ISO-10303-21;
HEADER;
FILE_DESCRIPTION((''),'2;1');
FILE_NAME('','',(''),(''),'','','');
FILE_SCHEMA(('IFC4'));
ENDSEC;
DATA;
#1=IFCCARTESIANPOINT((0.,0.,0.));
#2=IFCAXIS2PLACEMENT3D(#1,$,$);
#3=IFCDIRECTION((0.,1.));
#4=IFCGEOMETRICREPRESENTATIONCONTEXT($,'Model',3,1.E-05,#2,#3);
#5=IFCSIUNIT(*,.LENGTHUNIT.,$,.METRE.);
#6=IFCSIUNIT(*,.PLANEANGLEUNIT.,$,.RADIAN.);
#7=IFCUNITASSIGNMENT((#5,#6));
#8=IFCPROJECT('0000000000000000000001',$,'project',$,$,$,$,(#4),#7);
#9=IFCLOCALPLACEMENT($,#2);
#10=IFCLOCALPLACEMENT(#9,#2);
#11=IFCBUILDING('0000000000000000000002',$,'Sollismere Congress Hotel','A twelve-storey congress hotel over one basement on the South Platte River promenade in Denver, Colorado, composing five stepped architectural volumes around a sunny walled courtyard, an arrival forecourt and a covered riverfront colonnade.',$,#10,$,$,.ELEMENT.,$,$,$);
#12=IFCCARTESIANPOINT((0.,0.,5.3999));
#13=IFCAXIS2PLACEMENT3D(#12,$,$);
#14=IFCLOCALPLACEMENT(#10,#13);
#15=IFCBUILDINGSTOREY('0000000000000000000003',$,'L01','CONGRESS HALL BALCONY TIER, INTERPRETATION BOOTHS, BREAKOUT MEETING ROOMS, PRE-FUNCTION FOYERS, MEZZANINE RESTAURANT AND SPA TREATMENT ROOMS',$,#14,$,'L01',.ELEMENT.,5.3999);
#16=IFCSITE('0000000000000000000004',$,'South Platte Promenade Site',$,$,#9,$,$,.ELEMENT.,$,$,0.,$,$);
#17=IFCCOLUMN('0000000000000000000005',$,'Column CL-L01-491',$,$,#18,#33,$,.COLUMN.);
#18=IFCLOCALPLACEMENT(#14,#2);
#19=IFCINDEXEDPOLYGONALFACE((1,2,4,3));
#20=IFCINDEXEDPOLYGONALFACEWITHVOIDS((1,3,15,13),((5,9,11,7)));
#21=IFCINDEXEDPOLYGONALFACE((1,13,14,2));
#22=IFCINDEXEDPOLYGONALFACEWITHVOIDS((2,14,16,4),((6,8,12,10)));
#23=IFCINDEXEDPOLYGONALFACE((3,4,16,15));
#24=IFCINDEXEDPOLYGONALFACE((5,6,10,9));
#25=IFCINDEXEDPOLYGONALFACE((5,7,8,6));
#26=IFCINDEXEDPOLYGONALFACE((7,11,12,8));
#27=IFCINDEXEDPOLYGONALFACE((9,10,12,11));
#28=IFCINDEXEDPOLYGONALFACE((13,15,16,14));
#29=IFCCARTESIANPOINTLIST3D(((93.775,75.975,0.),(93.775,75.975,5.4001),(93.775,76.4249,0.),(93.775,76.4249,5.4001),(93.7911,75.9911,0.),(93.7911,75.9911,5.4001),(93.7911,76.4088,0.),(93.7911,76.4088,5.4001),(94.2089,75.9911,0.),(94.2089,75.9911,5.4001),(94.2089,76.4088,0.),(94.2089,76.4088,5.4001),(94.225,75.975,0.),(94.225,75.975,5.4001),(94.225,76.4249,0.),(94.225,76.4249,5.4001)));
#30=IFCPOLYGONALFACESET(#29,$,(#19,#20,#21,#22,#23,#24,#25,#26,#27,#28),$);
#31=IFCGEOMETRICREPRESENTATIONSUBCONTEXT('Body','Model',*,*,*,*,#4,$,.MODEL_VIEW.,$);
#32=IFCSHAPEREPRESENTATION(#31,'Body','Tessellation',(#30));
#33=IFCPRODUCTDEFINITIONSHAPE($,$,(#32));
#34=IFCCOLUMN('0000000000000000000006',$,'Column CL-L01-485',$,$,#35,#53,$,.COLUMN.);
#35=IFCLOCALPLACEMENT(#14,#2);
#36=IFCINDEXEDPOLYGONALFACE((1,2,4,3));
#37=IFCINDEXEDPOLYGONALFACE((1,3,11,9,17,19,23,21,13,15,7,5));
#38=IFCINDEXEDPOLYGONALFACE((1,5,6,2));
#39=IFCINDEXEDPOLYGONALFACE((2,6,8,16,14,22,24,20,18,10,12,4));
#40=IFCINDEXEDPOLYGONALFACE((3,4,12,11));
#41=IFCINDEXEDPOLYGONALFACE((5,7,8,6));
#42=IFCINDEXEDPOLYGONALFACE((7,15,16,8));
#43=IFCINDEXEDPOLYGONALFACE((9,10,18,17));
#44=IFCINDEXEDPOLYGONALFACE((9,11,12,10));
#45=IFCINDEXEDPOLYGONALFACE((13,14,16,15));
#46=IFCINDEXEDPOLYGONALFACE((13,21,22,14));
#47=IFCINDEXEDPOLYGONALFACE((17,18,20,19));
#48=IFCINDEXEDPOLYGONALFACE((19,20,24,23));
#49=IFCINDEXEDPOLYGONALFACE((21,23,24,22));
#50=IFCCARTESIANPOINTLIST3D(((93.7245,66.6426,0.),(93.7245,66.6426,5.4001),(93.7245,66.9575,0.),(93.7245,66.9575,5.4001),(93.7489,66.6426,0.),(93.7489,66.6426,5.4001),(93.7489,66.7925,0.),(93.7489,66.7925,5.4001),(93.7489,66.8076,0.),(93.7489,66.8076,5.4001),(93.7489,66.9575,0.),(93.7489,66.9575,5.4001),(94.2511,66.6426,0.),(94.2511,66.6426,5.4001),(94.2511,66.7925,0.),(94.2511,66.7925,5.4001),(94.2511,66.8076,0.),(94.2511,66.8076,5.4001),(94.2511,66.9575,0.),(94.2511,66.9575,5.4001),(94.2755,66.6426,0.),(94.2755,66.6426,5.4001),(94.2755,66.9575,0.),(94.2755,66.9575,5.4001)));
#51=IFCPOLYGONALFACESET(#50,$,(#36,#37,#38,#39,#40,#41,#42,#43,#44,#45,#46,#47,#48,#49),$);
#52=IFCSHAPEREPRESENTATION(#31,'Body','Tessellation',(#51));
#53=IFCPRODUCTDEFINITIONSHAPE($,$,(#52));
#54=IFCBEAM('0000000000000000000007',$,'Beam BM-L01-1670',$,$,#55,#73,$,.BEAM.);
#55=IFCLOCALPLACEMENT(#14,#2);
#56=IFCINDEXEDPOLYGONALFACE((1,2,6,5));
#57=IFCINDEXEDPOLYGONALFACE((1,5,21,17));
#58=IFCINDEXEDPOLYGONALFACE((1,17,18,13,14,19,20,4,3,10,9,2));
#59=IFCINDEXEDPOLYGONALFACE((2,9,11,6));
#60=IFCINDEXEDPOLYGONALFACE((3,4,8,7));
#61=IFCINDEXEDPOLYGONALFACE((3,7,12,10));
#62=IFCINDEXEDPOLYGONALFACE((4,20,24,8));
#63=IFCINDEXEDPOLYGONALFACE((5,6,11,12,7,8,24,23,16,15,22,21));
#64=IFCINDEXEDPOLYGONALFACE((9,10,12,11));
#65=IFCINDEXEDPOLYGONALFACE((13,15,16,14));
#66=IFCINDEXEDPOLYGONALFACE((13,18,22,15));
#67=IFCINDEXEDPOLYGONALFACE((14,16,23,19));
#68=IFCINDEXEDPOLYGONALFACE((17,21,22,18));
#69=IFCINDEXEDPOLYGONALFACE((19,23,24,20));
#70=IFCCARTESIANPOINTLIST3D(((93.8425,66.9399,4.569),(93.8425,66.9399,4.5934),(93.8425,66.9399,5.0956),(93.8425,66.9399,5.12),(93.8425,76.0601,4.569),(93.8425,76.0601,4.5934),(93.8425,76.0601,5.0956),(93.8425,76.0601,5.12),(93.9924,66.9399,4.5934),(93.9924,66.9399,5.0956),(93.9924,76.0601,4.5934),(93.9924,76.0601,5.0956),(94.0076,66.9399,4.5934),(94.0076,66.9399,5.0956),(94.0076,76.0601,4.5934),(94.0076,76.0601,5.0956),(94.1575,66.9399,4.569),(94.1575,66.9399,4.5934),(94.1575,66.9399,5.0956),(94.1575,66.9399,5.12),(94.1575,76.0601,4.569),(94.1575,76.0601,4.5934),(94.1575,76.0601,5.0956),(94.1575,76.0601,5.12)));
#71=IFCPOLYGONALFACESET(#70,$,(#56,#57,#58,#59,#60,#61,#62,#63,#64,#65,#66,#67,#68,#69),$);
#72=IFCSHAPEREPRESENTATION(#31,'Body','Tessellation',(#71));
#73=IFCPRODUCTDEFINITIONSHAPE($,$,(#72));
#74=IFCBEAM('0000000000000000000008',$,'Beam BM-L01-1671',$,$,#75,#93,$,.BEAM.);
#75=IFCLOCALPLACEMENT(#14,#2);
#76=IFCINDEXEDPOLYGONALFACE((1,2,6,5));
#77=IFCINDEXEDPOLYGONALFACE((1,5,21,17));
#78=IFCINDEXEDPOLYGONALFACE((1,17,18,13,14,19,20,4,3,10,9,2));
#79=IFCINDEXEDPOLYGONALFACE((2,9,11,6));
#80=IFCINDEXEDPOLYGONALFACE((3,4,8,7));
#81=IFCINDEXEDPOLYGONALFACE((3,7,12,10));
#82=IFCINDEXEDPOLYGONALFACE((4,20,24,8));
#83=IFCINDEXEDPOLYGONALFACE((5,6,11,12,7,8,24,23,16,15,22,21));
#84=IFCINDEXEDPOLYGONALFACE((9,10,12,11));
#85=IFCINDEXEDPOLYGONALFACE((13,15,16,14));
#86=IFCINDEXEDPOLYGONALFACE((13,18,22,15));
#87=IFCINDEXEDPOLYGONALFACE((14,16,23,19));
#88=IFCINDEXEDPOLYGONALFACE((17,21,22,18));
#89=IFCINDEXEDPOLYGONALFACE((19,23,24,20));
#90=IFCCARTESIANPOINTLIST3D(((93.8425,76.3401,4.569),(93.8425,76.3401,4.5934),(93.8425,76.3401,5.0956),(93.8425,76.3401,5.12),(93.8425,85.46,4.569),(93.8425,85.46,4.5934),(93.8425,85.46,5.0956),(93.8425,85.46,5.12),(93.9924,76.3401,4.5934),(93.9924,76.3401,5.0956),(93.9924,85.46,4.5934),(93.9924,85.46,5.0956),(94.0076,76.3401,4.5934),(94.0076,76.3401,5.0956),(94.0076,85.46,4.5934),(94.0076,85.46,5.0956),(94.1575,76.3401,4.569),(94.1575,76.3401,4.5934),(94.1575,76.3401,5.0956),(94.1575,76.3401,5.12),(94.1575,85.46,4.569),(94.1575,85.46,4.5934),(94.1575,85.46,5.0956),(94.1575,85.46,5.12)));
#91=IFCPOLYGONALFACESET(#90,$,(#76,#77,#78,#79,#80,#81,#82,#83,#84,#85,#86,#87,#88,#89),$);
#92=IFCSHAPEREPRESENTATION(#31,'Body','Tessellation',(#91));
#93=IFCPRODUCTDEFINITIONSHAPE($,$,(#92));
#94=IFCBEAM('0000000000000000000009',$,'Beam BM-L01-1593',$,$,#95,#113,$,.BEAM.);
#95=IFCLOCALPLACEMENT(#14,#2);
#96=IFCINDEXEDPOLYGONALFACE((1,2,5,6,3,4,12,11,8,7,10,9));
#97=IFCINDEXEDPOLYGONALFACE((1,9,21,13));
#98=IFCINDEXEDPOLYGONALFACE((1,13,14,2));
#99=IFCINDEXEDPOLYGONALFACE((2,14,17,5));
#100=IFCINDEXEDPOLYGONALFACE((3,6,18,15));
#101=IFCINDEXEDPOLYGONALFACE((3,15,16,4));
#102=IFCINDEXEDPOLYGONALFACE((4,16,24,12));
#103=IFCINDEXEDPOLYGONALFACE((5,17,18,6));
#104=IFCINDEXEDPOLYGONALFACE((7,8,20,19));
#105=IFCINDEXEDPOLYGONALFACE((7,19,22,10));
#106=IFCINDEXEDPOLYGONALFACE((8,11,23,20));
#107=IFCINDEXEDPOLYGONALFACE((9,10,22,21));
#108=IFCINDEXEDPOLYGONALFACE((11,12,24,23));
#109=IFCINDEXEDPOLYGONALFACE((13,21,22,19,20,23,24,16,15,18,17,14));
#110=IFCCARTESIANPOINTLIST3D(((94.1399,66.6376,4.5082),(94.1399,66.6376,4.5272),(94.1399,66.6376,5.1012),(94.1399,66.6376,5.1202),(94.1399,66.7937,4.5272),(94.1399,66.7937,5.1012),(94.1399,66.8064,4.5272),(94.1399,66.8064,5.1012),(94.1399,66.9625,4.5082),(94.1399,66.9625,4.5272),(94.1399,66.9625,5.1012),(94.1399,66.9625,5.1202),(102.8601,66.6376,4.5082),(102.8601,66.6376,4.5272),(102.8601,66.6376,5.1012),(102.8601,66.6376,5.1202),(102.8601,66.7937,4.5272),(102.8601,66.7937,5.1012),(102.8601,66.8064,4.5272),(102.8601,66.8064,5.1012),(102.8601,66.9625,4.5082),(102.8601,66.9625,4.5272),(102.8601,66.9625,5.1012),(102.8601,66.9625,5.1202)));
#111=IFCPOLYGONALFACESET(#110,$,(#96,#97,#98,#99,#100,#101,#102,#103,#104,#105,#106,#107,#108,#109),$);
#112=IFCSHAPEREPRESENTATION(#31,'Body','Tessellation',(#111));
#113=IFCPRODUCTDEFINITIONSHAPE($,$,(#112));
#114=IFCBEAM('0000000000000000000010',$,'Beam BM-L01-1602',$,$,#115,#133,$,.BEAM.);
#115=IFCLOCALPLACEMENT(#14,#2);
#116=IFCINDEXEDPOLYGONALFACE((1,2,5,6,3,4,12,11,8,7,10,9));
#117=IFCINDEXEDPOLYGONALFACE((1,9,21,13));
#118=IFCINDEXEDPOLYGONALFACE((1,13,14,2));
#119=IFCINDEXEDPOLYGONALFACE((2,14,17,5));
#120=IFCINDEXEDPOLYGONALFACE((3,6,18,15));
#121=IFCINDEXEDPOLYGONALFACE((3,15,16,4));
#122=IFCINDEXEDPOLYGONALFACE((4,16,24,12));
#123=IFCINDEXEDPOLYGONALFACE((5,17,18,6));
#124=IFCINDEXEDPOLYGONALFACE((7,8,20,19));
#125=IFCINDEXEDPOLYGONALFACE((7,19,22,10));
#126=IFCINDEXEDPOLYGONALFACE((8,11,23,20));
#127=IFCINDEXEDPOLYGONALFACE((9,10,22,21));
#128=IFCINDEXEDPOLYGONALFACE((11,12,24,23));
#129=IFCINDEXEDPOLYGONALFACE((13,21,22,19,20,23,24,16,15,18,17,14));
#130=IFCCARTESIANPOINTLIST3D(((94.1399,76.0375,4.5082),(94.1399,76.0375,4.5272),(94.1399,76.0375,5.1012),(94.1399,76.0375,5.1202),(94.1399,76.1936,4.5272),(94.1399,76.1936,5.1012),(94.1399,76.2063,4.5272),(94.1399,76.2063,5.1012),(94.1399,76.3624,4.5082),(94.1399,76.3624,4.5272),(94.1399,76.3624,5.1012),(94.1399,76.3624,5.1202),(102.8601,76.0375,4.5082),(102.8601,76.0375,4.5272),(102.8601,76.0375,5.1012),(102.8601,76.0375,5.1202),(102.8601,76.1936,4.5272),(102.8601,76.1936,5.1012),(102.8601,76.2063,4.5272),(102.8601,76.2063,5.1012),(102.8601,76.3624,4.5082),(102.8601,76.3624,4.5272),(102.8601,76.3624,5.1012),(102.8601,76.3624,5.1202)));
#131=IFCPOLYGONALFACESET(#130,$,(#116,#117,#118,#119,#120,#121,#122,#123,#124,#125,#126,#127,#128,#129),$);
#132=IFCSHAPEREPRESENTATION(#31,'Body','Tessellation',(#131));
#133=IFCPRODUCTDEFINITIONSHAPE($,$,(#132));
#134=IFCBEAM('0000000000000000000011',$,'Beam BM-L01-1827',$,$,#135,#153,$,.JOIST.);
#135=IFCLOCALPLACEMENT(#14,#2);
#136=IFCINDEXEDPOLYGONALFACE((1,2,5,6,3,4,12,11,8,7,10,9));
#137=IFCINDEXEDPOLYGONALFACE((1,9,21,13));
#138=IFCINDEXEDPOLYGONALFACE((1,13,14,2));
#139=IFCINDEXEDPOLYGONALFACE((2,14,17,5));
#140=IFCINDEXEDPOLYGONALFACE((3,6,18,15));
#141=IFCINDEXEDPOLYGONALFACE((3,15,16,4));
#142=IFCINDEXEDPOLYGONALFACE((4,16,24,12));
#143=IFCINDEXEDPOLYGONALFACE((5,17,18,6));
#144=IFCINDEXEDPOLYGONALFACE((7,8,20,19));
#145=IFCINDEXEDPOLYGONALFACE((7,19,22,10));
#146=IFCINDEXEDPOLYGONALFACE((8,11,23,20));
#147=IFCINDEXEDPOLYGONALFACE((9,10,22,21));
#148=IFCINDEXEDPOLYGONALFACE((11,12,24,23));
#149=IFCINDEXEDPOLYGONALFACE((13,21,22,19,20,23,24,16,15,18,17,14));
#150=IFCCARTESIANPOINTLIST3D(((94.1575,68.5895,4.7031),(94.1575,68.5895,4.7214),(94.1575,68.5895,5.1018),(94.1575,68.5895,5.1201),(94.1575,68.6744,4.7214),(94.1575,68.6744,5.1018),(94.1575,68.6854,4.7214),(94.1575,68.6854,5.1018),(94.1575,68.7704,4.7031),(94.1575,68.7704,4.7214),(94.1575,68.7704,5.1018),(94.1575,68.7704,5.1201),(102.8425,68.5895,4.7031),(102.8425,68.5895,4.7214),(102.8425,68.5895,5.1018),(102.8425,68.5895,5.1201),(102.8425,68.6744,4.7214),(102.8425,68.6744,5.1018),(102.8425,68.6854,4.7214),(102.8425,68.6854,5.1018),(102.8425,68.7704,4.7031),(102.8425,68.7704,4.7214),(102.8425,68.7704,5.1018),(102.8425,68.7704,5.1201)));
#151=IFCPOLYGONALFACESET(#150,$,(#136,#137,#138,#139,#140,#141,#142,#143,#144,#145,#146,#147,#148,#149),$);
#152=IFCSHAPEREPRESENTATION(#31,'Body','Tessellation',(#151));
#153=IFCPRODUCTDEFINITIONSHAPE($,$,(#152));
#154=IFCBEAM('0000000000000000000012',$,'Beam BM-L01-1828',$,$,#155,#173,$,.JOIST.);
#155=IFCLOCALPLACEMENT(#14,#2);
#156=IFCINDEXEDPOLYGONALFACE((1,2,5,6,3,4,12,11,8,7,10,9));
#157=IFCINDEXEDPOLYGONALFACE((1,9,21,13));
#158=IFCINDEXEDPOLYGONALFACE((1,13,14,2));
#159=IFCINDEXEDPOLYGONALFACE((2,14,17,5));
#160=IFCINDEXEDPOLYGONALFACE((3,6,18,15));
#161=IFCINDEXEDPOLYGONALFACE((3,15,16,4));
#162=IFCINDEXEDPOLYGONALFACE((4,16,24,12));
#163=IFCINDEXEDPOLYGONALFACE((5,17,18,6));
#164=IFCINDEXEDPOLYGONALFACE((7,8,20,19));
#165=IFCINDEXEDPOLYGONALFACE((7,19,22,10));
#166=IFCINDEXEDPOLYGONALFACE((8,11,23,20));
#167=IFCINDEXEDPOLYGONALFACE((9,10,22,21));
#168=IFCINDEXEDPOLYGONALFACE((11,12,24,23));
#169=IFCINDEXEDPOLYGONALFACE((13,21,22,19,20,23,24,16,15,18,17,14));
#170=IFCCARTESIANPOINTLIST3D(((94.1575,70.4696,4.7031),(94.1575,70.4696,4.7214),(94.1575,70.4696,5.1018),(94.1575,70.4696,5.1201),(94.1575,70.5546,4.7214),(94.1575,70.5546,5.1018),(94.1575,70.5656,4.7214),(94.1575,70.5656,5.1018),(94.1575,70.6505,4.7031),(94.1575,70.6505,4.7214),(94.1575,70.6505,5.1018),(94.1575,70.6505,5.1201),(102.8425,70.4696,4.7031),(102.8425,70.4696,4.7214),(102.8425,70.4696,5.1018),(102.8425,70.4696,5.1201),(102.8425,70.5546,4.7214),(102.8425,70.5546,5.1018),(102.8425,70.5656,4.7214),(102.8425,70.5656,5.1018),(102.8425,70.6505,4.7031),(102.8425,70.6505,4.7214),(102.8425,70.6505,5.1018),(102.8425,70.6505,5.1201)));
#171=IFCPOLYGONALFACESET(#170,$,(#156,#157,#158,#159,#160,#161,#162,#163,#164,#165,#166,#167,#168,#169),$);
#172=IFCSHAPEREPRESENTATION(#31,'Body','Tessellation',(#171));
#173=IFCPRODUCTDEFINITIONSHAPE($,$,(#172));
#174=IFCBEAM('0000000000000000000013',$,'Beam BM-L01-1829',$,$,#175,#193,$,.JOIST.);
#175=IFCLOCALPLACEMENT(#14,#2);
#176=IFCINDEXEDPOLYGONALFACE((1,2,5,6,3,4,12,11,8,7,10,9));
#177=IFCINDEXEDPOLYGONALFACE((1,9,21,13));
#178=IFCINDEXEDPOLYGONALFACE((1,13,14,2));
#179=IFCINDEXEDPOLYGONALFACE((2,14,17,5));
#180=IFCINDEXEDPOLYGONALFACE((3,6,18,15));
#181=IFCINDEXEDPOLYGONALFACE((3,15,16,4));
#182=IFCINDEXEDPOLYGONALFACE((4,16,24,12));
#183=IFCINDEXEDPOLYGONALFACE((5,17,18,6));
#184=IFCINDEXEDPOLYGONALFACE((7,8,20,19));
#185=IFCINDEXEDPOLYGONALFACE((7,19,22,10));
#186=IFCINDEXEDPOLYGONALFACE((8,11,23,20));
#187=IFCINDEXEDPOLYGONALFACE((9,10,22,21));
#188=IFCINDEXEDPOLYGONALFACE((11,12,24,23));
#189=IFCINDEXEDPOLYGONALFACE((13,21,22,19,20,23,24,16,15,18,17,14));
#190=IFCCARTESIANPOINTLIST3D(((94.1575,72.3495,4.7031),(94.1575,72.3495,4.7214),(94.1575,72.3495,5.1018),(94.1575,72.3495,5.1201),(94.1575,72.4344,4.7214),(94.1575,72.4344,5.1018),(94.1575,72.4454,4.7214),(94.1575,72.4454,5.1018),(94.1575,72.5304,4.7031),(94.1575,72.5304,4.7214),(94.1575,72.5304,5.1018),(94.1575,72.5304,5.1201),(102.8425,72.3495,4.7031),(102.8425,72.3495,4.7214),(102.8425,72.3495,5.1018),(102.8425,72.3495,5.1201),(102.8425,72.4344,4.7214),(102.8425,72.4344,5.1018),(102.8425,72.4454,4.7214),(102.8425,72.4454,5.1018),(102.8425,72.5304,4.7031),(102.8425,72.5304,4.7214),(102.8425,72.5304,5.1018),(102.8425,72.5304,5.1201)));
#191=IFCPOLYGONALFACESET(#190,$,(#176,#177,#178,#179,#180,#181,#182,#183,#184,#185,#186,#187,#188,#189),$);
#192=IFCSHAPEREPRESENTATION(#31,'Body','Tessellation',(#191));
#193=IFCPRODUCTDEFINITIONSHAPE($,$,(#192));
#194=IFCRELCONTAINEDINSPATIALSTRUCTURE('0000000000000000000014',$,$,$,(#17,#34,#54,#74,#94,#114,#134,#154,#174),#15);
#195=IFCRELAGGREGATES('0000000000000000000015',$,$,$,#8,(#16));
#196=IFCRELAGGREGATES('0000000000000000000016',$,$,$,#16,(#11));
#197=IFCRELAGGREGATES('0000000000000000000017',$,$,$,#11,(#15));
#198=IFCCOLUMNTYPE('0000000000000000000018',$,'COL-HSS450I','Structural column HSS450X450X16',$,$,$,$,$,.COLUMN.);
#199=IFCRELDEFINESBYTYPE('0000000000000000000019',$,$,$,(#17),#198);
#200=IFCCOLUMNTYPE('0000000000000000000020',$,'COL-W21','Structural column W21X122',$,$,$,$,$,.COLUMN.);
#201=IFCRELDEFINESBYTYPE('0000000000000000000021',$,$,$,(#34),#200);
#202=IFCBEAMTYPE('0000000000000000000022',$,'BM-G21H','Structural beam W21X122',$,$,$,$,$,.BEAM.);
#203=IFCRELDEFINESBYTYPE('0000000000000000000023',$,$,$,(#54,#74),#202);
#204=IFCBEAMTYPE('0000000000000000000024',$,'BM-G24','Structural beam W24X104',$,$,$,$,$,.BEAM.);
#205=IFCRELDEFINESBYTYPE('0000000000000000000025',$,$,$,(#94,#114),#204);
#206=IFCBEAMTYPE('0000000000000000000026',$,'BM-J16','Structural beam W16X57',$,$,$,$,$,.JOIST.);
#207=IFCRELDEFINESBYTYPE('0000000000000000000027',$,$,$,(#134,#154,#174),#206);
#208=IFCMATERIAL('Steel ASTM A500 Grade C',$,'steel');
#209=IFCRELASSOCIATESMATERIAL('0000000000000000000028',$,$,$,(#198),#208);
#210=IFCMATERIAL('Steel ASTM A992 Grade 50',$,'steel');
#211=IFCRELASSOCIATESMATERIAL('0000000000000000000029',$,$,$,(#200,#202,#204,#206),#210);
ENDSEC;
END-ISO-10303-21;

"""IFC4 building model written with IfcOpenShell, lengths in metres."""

from ifc_helpers import new_model, si_unit, direction, frame, origin, origin_2d, place, context, subcontext, project, spatial, hollow_rectangle, i_section, extrude, material, material_profile, profile_set, type_object, element, save


model = new_model("IFC4")

# Units and contexts
model_context = context("Model", 3, precision=1e-05, world=origin(), true_north=direction((0.0, 1.0)))
body_context = subcontext(model_context, "Body", "Model", "MODEL_VIEW")
ifc_project = project(units=[si_unit("LENGTHUNIT", "METRE"), si_unit("PLANEANGLEUNIT", "RADIAN")], contexts=[model_context])

# Site, building, storey
site_placement = place(None, origin())
site = spatial("IfcSite", under=ifc_project, at=site_placement, Name="South Platte Promenade Site", CompositionType="ELEMENT", RefElevation=0.0)
building_placement = place(site_placement, origin())
building = spatial("IfcBuilding", under=site, at=building_placement, Name="Sollismere Congress Hotel", Description="A twelve-storey congress hotel over one basement on the South Platte River promenade in Denver, Colorado, composing five stepped architectural volumes around a sunny walled courtyard, an arrival forecourt and a covered riverfront colonnade.", CompositionType="ELEMENT")
storey_placement = place(building_placement, frame((0.0, 0.0, 5.3999)))
storey = spatial("IfcBuildingStorey", under=building, at=storey_placement, Name="L01", Description="CONGRESS HALL BALCONY TIER, INTERPRETATION BOOTHS, BREAKOUT MEETING ROOMS, PRE-FUNCTION FOYERS, MEZZANINE RESTAURANT AND SPA TREATMENT ROOMS", LongName="L01", CompositionType="ELEMENT", Elevation=5.3999)

# Columns
ifc_material_1 = material(Name="Steel ASTM A500 Grade C", Category="steel")
ifc_material_profile_1 = material_profile(ifc_material_1, hollow_rectangle(XDim=0.45, YDim=0.45, WallThickness=0.0161, at=origin_2d()), Name="HSS450X450X16")
ifc_profile_set_1 = profile_set([ifc_material_profile_1], Name="Steel ASTM A500 Grade C")
column_type_1 = type_object("IfcColumnType", Name="COL-HSS450I", Description="Structural column HSS450X450X16", PredefinedType="COLUMN", material=ifc_profile_set_1)
column_1_placement = place(storey_placement, frame((94.0, 76.2, 0.0), z_axis=(0.0, 0.0, 1.0), x_axis=(1.0, 0.0, 0.0)))
element("IfcColumn", 1, at=column_1_placement, inside=storey, type_object=column_type_1, Name="Column CL-L01-491", PredefinedType="COLUMN", context=body_context, shape_type="SweptSolid", body=[
    extrude(hollow_rectangle(XDim=0.45, YDim=0.45, WallThickness=0.0161, at=origin_2d()), origin(), (0.0, 0.0, 1.0), 5.4001),
])
ifc_material_2 = material(Name="Steel ASTM A992 Grade 50", Category="steel")
ifc_material_profile_2 = material_profile(ifc_material_2, i_section(OverallWidth=0.3149, OverallDepth=0.551, WebThickness=0.0151, FlangeThickness=0.0244, at=origin_2d()), Name="W21X122")
ifc_profile_set_2 = profile_set([ifc_material_profile_2], Name="Steel ASTM A992 Grade 50")
column_type_2 = type_object("IfcColumnType", Name="COL-W21", Description="Structural column W21X122", PredefinedType="COLUMN", material=ifc_profile_set_2)
column_2_placement = place(storey_placement, frame((94.0, 66.8, 0.0), z_axis=(0.0, 0.0, 1.0), x_axis=(0.0, 1.0, 0.0)))
element("IfcColumn", 2, at=column_2_placement, inside=storey, type_object=column_type_2, Name="Column CL-L01-485", PredefinedType="COLUMN", context=body_context, shape_type="SweptSolid", body=[
    extrude(i_section(OverallWidth=0.3149, OverallDepth=0.551, WebThickness=0.0151, FlangeThickness=0.0244, at=origin_2d()), origin(), (0.0, 0.0, 1.0), 5.4001),
])

# Beams
ifc_material_profile_3 = material_profile(ifc_material_2, i_section(OverallWidth=0.3149, OverallDepth=0.551, WebThickness=0.0151, FlangeThickness=0.0244, at=origin_2d()), Name="W21X122")
ifc_profile_set_3 = profile_set([ifc_material_profile_3], Name="Steel ASTM A992 Grade 50")
beam_type_1 = type_object("IfcBeamType", Name="BM-G21H", Description="Structural beam W21X122", PredefinedType="BEAM", material=ifc_profile_set_3)
beam_1_placement = place(storey_placement, frame((94.0, 66.9399, 4.8445), z_axis=(0.0, 1.0, 0.0), x_axis=(-1.0, 0.0, 0.0)))
element("IfcBeam", 3, at=beam_1_placement, inside=storey, type_object=beam_type_1, Name="Beam BM-L01-1670", PredefinedType="BEAM", context=body_context, shape_type="SweptSolid", body=[
    extrude(i_section(OverallWidth=0.3149, OverallDepth=0.551, WebThickness=0.0151, FlangeThickness=0.0244, at=origin_2d()), origin(), (0.0, 0.0, 1.0), 9.1201),
])
beam_2_placement = place(storey_placement, frame((94.0, 76.3401, 4.8445), z_axis=(0.0, 1.0, 0.0), x_axis=(-1.0, 0.0, 0.0)))
element("IfcBeam", 4, at=beam_2_placement, inside=storey, type_object=beam_type_1, Name="Beam BM-L01-1671", PredefinedType="BEAM", context=body_context, shape_type="SweptSolid", body=[
    extrude(i_section(OverallWidth=0.3149, OverallDepth=0.551, WebThickness=0.0151, FlangeThickness=0.0244, at=origin_2d()), origin(), (0.0, 0.0, 1.0), 9.1199),
])
ifc_material_profile_4 = material_profile(ifc_material_2, i_section(OverallWidth=0.325, OverallDepth=0.6121, WebThickness=0.0127, FlangeThickness=0.019, at=origin_2d()), Name="W24X104")
ifc_profile_set_4 = profile_set([ifc_material_profile_4], Name="Steel ASTM A992 Grade 50")
beam_type_2 = type_object("IfcBeamType", Name="BM-G24", Description="Structural beam W24X104", PredefinedType="BEAM", material=ifc_profile_set_4)
for number, where, z_axis, x_axis, name in (
    (5, (94.1399, 66.8, 4.8142), (1.0, 0.0, 0.0), (0.0, 1.0, 0.0), "Beam BM-L01-1593"),
    (6, (94.1399, 76.2, 4.8142), (1.0, 0.0, 0.0), (0.0, 1.0, 0.0), "Beam BM-L01-1602"),
):
    element("IfcBeam", number, at=place(storey_placement, frame(where, z_axis=z_axis, x_axis=x_axis)), inside=storey, type_object=beam_type_2, Name=name, PredefinedType="BEAM", context=body_context, shape_type="SweptSolid", body=[
        extrude(i_section(OverallWidth=0.325, OverallDepth=0.6121, WebThickness=0.0127, FlangeThickness=0.019, at=origin_2d()), origin(), (0.0, 0.0, 1.0), 8.7202),
    ])
ifc_material_profile_5 = material_profile(ifc_material_2, i_section(OverallWidth=0.1809, OverallDepth=0.417, WebThickness=0.011, FlangeThickness=0.0183, at=origin_2d()), Name="W16X57")
ifc_profile_set_5 = profile_set([ifc_material_profile_5], Name="Steel ASTM A992 Grade 50")
beam_type_3 = type_object("IfcBeamType", Name="BM-J16", Description="Structural beam W16X57", PredefinedType="JOIST", material=ifc_profile_set_5)
for number, where, z_axis, x_axis, name in (
    (7, (94.1575, 68.6799, 4.9116), (1.0, 0.0, 0.0), (0.0, 1.0, 0.0), "Beam BM-L01-1827"),
    (8, (94.1575, 70.5601, 4.9116), (1.0, 0.0, 0.0), (0.0, 1.0, 0.0), "Beam BM-L01-1828"),
    (9, (94.1575, 72.4399, 4.9116), (1.0, 0.0, 0.0), (0.0, 1.0, 0.0), "Beam BM-L01-1829"),
):
    element("IfcBeam", number, at=place(storey_placement, frame(where, z_axis=z_axis, x_axis=x_axis)), inside=storey, type_object=beam_type_3, Name=name, PredefinedType="JOIST", context=body_context, shape_type="SweptSolid", body=[
        extrude(i_section(OverallWidth=0.1809, OverallDepth=0.417, WebThickness=0.011, FlangeThickness=0.0183, at=origin_2d()), origin(), (0.0, 0.0, 1.0), 8.6851),
    ])

save(model, "model.ifc")
